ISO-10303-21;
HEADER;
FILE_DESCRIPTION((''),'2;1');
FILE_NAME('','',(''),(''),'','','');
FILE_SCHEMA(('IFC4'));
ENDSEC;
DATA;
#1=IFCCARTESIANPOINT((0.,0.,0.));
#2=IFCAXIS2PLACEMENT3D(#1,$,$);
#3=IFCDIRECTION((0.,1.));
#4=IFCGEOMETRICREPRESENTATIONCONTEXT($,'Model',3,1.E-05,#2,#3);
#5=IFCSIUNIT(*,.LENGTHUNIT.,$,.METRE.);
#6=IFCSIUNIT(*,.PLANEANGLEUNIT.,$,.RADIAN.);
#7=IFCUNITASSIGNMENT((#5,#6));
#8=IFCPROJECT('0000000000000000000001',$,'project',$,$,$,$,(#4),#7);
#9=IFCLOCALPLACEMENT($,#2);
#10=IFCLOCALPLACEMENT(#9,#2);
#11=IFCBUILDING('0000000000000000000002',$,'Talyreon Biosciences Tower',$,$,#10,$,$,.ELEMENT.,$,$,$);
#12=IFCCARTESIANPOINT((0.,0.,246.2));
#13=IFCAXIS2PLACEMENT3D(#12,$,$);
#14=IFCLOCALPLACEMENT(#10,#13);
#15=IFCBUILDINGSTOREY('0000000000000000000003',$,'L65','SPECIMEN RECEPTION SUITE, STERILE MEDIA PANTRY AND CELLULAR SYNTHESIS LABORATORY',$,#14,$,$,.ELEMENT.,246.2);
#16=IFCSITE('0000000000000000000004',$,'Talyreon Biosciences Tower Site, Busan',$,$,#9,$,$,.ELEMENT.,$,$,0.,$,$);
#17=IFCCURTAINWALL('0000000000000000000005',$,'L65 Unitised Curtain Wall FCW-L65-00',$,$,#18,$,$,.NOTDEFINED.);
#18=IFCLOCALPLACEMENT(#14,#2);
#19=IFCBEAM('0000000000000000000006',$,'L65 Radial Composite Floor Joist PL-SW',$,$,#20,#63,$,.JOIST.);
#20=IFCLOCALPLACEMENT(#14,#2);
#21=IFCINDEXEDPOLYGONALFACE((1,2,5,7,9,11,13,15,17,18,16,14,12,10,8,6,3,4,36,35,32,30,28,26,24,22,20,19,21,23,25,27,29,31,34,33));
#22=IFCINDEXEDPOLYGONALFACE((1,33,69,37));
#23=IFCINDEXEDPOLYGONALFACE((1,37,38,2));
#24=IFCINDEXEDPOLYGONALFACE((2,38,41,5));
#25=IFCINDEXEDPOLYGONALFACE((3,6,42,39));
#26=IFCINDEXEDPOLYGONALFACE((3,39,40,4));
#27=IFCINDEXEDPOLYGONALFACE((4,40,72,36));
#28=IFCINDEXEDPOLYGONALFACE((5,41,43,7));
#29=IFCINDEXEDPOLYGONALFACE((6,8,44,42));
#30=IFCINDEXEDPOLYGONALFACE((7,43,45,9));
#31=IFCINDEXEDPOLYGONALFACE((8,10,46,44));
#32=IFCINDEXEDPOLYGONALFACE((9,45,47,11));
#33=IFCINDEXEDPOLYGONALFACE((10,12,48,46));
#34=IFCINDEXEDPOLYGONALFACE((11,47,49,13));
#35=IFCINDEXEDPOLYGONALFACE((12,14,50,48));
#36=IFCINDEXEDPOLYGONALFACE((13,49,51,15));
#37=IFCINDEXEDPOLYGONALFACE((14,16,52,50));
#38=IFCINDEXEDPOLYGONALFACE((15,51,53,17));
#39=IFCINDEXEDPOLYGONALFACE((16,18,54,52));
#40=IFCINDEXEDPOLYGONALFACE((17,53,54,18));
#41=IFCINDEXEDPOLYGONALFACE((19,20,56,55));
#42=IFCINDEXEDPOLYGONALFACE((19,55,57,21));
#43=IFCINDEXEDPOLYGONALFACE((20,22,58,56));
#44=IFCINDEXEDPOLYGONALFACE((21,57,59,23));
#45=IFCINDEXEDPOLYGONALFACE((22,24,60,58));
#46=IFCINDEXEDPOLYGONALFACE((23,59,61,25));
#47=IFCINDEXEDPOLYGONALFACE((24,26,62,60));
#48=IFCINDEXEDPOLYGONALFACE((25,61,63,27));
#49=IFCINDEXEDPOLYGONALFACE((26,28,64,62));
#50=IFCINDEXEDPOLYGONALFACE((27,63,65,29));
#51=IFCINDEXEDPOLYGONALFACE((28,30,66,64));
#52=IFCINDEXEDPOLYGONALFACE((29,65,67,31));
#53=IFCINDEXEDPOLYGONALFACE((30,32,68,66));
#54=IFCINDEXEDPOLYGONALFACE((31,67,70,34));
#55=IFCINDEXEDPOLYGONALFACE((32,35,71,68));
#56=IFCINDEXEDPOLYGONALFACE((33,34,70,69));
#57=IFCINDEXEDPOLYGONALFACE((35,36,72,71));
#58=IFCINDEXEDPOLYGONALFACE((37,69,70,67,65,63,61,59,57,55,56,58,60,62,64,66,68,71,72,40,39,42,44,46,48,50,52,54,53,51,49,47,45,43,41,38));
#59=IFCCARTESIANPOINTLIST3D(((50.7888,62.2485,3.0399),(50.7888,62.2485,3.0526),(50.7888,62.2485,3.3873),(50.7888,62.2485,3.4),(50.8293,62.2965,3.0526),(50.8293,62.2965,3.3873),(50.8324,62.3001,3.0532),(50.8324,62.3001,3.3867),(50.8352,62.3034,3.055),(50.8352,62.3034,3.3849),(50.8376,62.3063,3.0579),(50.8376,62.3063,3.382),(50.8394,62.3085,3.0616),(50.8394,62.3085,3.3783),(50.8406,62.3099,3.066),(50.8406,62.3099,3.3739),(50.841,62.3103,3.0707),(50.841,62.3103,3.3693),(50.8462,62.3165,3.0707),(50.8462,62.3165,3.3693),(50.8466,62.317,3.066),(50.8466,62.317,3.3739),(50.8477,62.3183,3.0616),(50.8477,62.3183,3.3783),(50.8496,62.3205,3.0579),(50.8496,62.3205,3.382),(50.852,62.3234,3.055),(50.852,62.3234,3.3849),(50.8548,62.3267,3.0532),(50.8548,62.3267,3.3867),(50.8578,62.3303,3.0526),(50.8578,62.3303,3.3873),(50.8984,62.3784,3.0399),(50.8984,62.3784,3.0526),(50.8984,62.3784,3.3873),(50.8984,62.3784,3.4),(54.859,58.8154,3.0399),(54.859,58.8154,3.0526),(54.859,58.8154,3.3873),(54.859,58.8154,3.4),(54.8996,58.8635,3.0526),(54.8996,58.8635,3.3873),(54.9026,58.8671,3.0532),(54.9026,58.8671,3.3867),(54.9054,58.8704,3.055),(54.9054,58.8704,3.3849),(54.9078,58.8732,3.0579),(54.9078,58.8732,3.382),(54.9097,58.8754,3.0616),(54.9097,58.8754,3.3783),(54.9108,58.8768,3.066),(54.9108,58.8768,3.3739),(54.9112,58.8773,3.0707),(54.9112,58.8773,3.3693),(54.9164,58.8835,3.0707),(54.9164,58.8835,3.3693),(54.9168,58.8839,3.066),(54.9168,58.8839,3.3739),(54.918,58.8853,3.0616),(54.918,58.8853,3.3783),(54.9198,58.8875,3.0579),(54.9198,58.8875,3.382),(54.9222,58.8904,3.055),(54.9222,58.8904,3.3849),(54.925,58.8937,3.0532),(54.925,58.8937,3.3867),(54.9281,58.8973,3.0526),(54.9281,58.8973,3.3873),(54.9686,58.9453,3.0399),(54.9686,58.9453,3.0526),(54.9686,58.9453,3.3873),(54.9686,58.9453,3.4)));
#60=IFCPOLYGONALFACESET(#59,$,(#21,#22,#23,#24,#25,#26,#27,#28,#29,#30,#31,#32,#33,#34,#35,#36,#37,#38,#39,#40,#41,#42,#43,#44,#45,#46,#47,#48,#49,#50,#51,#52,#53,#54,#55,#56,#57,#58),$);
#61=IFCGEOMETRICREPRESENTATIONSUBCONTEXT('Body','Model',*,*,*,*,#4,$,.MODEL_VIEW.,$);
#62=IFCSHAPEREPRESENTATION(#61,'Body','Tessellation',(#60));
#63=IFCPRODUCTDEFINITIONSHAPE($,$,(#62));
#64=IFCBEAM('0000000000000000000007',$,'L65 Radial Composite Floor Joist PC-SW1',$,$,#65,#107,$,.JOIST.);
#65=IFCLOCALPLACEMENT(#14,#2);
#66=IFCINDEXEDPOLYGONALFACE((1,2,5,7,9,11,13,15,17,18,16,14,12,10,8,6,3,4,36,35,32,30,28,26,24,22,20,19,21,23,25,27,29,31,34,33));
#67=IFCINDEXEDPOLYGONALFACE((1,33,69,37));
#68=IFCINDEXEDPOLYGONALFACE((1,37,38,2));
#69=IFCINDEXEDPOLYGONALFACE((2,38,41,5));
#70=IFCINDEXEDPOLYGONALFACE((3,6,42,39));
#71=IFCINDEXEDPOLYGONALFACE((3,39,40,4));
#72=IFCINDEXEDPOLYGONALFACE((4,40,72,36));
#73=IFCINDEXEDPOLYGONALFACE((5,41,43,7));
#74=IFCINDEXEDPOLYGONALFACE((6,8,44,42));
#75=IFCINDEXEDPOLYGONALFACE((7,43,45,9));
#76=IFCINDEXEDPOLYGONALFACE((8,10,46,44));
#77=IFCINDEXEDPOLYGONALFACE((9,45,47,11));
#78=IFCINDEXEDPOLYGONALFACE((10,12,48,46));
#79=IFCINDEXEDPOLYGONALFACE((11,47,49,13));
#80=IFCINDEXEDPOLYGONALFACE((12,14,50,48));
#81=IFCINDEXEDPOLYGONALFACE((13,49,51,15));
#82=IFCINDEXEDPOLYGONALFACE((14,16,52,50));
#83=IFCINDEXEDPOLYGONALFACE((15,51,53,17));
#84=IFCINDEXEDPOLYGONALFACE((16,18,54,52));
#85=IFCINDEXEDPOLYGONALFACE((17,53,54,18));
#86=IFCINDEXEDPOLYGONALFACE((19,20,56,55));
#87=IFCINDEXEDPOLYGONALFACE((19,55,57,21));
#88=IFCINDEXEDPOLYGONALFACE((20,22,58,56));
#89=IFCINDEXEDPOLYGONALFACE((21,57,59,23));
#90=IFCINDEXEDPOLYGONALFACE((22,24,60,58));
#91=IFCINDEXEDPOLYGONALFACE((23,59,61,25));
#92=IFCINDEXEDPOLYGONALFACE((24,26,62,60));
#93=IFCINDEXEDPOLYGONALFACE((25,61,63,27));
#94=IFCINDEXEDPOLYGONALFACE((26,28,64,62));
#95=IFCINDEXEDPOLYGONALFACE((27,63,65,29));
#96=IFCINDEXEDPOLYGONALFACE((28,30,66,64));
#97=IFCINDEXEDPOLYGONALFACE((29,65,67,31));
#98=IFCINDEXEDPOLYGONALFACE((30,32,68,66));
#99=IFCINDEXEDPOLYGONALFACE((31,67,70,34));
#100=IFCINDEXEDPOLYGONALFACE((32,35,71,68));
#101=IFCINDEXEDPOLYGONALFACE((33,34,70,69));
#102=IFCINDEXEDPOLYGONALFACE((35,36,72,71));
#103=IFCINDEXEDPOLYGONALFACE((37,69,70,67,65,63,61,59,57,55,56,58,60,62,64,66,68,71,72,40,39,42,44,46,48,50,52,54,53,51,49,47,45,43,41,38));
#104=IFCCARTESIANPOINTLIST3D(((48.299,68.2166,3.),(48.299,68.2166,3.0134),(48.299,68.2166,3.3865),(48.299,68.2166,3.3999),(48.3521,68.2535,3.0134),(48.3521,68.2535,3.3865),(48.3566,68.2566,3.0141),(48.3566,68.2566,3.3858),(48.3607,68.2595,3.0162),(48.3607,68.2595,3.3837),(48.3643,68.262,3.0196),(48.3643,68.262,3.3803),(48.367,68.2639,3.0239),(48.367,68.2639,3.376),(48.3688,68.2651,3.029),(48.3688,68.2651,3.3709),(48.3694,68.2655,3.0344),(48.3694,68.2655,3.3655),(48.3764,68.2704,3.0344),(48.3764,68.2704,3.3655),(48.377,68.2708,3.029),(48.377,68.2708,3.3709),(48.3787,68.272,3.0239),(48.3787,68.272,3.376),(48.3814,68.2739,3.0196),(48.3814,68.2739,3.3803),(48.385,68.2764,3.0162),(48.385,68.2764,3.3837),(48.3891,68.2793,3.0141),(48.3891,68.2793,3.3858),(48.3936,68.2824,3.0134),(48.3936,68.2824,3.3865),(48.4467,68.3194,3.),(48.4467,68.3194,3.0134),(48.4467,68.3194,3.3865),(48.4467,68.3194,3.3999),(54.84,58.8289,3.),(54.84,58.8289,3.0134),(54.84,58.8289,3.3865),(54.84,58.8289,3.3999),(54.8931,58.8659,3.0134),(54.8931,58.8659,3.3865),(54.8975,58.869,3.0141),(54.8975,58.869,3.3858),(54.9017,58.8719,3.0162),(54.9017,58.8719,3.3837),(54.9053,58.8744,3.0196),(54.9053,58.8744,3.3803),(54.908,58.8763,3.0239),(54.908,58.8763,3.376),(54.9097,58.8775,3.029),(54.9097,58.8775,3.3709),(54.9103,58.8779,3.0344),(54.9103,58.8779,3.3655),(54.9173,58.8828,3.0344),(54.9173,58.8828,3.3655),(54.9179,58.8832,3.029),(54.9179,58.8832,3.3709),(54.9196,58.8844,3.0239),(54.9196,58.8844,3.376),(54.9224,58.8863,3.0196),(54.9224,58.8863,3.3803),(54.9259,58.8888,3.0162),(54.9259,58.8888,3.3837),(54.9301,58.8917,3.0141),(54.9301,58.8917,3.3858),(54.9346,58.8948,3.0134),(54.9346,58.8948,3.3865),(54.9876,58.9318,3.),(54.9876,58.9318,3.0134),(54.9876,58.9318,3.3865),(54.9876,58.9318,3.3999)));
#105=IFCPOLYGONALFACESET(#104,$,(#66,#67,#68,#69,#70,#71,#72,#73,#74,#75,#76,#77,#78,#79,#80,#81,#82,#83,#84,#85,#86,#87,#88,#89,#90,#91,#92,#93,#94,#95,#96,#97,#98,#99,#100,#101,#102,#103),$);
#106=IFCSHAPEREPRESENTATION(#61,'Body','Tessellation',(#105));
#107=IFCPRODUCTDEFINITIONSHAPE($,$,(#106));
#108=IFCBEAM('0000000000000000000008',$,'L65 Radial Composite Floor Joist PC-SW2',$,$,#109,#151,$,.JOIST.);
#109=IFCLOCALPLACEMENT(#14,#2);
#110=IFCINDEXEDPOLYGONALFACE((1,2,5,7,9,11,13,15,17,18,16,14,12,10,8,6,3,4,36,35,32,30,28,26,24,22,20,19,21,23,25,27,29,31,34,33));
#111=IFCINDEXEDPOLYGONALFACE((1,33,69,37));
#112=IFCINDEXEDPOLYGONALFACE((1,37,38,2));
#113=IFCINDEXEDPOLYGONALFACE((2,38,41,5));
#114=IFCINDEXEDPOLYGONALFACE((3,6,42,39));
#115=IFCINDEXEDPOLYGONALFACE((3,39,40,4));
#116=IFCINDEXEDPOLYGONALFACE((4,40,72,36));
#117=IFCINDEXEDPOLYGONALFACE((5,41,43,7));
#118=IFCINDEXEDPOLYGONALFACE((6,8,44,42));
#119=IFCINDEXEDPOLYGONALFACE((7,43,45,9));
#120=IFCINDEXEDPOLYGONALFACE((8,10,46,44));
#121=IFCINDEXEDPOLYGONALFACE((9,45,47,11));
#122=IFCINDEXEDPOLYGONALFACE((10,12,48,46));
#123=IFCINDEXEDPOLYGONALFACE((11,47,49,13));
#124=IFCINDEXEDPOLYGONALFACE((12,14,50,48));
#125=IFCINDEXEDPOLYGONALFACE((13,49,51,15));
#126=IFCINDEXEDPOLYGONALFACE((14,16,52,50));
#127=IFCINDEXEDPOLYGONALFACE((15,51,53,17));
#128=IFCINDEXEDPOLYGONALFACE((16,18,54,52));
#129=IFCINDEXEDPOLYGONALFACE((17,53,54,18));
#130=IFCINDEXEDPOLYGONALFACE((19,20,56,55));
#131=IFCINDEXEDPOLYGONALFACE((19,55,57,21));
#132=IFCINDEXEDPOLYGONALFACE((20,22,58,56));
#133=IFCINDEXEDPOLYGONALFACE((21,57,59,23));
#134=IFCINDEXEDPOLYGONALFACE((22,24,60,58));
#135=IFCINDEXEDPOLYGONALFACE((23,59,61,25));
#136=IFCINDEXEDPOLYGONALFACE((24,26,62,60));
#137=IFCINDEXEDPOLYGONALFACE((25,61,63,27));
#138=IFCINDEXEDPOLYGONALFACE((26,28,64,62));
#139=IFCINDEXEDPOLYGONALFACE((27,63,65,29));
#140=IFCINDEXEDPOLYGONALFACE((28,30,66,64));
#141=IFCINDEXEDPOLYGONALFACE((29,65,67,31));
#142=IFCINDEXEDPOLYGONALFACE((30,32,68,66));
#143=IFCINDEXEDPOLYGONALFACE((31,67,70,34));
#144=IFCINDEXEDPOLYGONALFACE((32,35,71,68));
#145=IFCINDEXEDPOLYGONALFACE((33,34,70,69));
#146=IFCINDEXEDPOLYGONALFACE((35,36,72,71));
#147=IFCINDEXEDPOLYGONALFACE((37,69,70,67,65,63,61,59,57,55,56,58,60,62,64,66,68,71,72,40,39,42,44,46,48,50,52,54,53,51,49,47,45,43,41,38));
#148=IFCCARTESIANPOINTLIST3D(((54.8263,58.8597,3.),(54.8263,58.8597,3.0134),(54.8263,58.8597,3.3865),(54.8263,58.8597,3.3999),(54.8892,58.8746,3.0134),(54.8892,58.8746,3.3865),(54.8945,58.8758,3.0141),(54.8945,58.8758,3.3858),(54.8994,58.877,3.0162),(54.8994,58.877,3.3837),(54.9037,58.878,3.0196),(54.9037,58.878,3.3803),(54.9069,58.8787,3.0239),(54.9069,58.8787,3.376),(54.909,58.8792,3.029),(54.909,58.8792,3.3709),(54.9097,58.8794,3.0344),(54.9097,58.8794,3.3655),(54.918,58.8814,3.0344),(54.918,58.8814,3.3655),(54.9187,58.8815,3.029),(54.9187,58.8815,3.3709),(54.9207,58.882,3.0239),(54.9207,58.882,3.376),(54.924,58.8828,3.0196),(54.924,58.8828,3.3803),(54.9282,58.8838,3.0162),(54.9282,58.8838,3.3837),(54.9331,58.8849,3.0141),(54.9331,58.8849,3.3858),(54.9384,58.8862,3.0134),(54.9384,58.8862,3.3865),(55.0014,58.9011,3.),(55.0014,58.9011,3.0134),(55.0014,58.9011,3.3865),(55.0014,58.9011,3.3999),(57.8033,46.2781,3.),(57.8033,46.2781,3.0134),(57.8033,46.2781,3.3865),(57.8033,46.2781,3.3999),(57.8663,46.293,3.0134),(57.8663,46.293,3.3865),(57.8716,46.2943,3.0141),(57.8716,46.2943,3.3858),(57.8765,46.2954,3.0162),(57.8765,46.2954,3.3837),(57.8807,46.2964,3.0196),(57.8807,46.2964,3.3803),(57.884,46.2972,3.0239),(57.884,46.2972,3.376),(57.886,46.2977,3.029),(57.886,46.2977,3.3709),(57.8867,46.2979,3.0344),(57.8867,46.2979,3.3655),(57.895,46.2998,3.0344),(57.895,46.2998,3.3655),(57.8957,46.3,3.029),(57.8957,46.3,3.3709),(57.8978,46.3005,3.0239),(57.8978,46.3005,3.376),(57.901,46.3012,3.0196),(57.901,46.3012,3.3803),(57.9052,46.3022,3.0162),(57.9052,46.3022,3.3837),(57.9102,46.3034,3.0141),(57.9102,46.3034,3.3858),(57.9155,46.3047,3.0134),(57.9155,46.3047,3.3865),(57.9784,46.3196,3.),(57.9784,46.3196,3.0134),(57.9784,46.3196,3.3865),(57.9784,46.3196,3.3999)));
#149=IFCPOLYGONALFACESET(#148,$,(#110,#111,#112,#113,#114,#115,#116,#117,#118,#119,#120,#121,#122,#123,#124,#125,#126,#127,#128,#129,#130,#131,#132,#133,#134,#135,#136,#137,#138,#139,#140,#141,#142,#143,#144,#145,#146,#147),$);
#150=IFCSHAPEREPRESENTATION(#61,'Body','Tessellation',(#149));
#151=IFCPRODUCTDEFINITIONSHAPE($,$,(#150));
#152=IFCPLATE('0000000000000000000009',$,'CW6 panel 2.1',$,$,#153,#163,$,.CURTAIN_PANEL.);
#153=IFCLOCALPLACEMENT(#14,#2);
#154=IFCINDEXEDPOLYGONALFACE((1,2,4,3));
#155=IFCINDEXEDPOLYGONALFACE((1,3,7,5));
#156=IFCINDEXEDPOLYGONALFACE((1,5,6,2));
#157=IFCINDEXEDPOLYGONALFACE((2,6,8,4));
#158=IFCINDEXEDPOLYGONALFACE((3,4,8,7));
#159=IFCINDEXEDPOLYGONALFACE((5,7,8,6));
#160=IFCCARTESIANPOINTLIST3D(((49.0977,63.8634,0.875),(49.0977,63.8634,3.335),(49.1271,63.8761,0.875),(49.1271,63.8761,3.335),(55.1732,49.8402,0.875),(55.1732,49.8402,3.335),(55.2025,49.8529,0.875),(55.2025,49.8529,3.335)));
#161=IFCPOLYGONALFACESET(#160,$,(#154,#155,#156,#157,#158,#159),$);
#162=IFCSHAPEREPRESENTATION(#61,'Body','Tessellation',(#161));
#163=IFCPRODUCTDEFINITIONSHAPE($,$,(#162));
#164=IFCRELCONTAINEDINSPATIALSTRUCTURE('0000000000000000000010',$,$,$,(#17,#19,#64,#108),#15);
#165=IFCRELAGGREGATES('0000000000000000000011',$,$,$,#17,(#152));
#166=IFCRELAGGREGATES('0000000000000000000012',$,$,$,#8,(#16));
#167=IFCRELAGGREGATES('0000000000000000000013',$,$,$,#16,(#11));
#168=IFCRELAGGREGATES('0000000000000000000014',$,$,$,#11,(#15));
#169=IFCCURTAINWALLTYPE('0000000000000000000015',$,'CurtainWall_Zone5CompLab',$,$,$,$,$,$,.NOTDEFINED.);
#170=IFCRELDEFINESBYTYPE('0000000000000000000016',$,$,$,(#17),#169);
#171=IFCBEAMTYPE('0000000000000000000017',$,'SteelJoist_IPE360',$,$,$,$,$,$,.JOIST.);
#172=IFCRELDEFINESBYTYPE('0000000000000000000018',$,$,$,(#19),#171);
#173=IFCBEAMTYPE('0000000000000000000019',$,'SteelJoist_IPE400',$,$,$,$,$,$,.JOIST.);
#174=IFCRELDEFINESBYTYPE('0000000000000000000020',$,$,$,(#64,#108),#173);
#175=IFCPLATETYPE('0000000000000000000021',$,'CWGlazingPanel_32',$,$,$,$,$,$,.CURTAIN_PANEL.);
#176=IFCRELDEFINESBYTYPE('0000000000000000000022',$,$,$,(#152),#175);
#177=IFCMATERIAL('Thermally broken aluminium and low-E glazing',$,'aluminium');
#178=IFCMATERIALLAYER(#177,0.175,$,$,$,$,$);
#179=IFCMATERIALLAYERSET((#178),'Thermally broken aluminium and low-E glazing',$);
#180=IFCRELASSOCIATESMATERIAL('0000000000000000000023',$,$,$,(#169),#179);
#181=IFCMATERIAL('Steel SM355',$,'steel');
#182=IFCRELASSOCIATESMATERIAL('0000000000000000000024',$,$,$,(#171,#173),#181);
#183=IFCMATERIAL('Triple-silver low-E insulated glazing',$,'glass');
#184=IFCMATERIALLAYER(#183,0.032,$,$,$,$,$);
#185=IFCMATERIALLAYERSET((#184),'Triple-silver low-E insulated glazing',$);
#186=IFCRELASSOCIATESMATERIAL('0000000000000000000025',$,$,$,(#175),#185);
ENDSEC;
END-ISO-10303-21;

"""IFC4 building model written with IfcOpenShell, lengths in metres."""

from ifc_helpers import new_model, si_unit, direction, frame, origin, origin_2d, place, context, subcontext, project, spatial, rectangle, i_section, extrude, material, layer, layer_set, material_profile, profile_set, type_object, element, aggregate, save


model = new_model("IFC4")

# Units and contexts
model_context = context("Model", 3, precision=1e-05, world=origin(), true_north=direction((0.0, 1.0)))
body_context = subcontext(model_context, "Body", "Model", "MODEL_VIEW")
ifc_project = project(units=[si_unit("LENGTHUNIT", "METRE"), si_unit("PLANEANGLEUNIT", "RADIAN")], contexts=[model_context])

# Site, building, storey
site_placement = place(None, origin())
site = spatial("IfcSite", under=ifc_project, at=site_placement, Name="Talyreon Biosciences Tower Site, Busan", CompositionType="ELEMENT", RefElevation=0.0)
building_placement = place(site_placement, origin())
building = spatial("IfcBuilding", under=site, at=building_placement, Name="Talyreon Biosciences Tower", CompositionType="ELEMENT")
storey_placement = place(building_placement, frame((0.0, 0.0, 246.2)))
storey = spatial("IfcBuildingStorey", under=building, at=storey_placement, Name="L65", Description="SPECIMEN RECEPTION SUITE, STERILE MEDIA PANTRY AND CELLULAR SYNTHESIS LABORATORY", CompositionType="ELEMENT", Elevation=246.2)

# Curtain wall
ifc_material_1 = material(Name="Thermally broken aluminium and low-E glazing", Category="aluminium")
ifc_layer_1 = layer(ifc_material_1, 0.175)
ifc_layer_set_1 = layer_set([ifc_layer_1], Name="Thermally broken aluminium and low-E glazing")
curtain_wall_type = type_object("IfcCurtainWallType", Name="CurtainWall_Zone5CompLab", PredefinedType="NOTDEFINED", material=ifc_layer_set_1)
curtain_wall_placement = place(storey_placement, origin())
curtain_wall = element("IfcCurtainWall", 1, at=curtain_wall_placement, inside=storey, type_object=curtain_wall_type, Name="L65 Unitised Curtain Wall FCW-L65-00", PredefinedType="NOTDEFINED")

# Beams
ifc_material_2 = material(Name="Steel SM355", Category="steel")
ifc_material_profile_1 = material_profile(ifc_material_2, i_section(OverallWidth=0.1699, OverallDepth=0.3601, WebThickness=0.0081, FlangeThickness=0.0127, FilletRadius=0.0181, at=origin_2d()), Name="IPE360")
ifc_profile_set_1 = profile_set([ifc_material_profile_1], Name="Steel SM355")
beam_type_1 = type_object("IfcBeamType", Name="SteelJoist_IPE360", PredefinedType="JOIST", material=ifc_profile_set_1)
beam_1_placement = place(storey_placement, frame((54.9138, 58.8804, 3.22), z_axis=(-0.764404, 0.644737, 0.0), x_axis=(-0.644737, -0.764404, 0.0)))
element("IfcBeam", 2, at=beam_1_placement, inside=storey, type_object=beam_type_1, Name="L65 Radial Composite Floor Joist PL-SW", PredefinedType="JOIST", context=body_context, shape_type="SweptSolid", body=[
    extrude(i_section(OverallWidth=0.1699, OverallDepth=0.3601, WebThickness=0.0081, FlangeThickness=0.0127, FilletRadius=0.0181, at=origin_2d()), origin(), (0.0, 0.0, 1.0), 5.3247),
])
ifc_material_profile_2 = material_profile(ifc_material_2, i_section(OverallWidth=0.1799, OverallDepth=0.3999, WebThickness=0.0085, FlangeThickness=0.0134, FilletRadius=0.021, at=origin_2d()), Name="IPE400")
ifc_profile_set_2 = profile_set([ifc_material_profile_2], Name="Steel SM355")
beam_type_2 = type_object("IfcBeamType", Name="SteelJoist_IPE400", PredefinedType="JOIST", material=ifc_profile_set_2)
beam_2_placement = place(storey_placement, frame((54.9138, 58.8804, 3.2), z_axis=(-0.57168, 0.820477, 0.0), x_axis=(-0.820477, -0.57168, 0.0)))
element("IfcBeam", 3, at=beam_2_placement, inside=storey, type_object=beam_type_2, Name="L65 Radial Composite Floor Joist PC-SW1", PredefinedType="JOIST", context=body_context, shape_type="SweptSolid", body=[
    extrude(i_section(OverallWidth=0.1799, OverallDepth=0.3999, WebThickness=0.0085, FlangeThickness=0.0134, FilletRadius=0.021, at=origin_2d()), origin(), (0.0, 0.0, 1.0), 11.4417),
])
beam_3_placement = place(storey_placement, frame((54.9138, 58.8804, 3.2), z_axis=(0.230262, -0.973129, 0.0), x_axis=(0.973129, 0.230262, 0.0)))
element("IfcBeam", 4, at=beam_3_placement, inside=storey, type_object=beam_type_2, Name="L65 Radial Composite Floor Joist PC-SW2", PredefinedType="JOIST", context=body_context, shape_type="SweptSolid", body=[
    extrude(i_section(OverallWidth=0.1799, OverallDepth=0.3999, WebThickness=0.0085, FlangeThickness=0.0134, FilletRadius=0.021, at=origin_2d()), origin(), (0.0, 0.0, 1.0), 12.929),
])

# Plate
ifc_material_3 = material(Name="Triple-silver low-E insulated glazing", Category="glass")
ifc_layer_2 = layer(ifc_material_3, 0.032)
ifc_layer_set_2 = layer_set([ifc_layer_2], Name="Triple-silver low-E insulated glazing")
plate_type_1 = type_object("IfcPlateType", Name="CWGlazingPanel_32", PredefinedType="CURTAIN_PANEL", material=ifc_layer_set_2)
plate_placement = place(storey_placement, frame((52.1501, 56.8582, 0.875), z_axis=(0.0, 0.0, 1.0), x_axis=(-0.397537, 0.917586, 0.0)))
plate = element("IfcPlate", 5, at=plate_placement, type_object=plate_type_1, Name="CW6 panel 2.1", PredefinedType="CURTAIN_PANEL", context=body_context, shape_type="SweptSolid", body=[
    extrude(rectangle(XDim=15.2827, YDim=0.032, at=origin_2d()), origin(), (0.0, 0.0, 1.0), 2.46),
])
aggregate(curtain_wall, [plate])

save(model, "model.ifc")
